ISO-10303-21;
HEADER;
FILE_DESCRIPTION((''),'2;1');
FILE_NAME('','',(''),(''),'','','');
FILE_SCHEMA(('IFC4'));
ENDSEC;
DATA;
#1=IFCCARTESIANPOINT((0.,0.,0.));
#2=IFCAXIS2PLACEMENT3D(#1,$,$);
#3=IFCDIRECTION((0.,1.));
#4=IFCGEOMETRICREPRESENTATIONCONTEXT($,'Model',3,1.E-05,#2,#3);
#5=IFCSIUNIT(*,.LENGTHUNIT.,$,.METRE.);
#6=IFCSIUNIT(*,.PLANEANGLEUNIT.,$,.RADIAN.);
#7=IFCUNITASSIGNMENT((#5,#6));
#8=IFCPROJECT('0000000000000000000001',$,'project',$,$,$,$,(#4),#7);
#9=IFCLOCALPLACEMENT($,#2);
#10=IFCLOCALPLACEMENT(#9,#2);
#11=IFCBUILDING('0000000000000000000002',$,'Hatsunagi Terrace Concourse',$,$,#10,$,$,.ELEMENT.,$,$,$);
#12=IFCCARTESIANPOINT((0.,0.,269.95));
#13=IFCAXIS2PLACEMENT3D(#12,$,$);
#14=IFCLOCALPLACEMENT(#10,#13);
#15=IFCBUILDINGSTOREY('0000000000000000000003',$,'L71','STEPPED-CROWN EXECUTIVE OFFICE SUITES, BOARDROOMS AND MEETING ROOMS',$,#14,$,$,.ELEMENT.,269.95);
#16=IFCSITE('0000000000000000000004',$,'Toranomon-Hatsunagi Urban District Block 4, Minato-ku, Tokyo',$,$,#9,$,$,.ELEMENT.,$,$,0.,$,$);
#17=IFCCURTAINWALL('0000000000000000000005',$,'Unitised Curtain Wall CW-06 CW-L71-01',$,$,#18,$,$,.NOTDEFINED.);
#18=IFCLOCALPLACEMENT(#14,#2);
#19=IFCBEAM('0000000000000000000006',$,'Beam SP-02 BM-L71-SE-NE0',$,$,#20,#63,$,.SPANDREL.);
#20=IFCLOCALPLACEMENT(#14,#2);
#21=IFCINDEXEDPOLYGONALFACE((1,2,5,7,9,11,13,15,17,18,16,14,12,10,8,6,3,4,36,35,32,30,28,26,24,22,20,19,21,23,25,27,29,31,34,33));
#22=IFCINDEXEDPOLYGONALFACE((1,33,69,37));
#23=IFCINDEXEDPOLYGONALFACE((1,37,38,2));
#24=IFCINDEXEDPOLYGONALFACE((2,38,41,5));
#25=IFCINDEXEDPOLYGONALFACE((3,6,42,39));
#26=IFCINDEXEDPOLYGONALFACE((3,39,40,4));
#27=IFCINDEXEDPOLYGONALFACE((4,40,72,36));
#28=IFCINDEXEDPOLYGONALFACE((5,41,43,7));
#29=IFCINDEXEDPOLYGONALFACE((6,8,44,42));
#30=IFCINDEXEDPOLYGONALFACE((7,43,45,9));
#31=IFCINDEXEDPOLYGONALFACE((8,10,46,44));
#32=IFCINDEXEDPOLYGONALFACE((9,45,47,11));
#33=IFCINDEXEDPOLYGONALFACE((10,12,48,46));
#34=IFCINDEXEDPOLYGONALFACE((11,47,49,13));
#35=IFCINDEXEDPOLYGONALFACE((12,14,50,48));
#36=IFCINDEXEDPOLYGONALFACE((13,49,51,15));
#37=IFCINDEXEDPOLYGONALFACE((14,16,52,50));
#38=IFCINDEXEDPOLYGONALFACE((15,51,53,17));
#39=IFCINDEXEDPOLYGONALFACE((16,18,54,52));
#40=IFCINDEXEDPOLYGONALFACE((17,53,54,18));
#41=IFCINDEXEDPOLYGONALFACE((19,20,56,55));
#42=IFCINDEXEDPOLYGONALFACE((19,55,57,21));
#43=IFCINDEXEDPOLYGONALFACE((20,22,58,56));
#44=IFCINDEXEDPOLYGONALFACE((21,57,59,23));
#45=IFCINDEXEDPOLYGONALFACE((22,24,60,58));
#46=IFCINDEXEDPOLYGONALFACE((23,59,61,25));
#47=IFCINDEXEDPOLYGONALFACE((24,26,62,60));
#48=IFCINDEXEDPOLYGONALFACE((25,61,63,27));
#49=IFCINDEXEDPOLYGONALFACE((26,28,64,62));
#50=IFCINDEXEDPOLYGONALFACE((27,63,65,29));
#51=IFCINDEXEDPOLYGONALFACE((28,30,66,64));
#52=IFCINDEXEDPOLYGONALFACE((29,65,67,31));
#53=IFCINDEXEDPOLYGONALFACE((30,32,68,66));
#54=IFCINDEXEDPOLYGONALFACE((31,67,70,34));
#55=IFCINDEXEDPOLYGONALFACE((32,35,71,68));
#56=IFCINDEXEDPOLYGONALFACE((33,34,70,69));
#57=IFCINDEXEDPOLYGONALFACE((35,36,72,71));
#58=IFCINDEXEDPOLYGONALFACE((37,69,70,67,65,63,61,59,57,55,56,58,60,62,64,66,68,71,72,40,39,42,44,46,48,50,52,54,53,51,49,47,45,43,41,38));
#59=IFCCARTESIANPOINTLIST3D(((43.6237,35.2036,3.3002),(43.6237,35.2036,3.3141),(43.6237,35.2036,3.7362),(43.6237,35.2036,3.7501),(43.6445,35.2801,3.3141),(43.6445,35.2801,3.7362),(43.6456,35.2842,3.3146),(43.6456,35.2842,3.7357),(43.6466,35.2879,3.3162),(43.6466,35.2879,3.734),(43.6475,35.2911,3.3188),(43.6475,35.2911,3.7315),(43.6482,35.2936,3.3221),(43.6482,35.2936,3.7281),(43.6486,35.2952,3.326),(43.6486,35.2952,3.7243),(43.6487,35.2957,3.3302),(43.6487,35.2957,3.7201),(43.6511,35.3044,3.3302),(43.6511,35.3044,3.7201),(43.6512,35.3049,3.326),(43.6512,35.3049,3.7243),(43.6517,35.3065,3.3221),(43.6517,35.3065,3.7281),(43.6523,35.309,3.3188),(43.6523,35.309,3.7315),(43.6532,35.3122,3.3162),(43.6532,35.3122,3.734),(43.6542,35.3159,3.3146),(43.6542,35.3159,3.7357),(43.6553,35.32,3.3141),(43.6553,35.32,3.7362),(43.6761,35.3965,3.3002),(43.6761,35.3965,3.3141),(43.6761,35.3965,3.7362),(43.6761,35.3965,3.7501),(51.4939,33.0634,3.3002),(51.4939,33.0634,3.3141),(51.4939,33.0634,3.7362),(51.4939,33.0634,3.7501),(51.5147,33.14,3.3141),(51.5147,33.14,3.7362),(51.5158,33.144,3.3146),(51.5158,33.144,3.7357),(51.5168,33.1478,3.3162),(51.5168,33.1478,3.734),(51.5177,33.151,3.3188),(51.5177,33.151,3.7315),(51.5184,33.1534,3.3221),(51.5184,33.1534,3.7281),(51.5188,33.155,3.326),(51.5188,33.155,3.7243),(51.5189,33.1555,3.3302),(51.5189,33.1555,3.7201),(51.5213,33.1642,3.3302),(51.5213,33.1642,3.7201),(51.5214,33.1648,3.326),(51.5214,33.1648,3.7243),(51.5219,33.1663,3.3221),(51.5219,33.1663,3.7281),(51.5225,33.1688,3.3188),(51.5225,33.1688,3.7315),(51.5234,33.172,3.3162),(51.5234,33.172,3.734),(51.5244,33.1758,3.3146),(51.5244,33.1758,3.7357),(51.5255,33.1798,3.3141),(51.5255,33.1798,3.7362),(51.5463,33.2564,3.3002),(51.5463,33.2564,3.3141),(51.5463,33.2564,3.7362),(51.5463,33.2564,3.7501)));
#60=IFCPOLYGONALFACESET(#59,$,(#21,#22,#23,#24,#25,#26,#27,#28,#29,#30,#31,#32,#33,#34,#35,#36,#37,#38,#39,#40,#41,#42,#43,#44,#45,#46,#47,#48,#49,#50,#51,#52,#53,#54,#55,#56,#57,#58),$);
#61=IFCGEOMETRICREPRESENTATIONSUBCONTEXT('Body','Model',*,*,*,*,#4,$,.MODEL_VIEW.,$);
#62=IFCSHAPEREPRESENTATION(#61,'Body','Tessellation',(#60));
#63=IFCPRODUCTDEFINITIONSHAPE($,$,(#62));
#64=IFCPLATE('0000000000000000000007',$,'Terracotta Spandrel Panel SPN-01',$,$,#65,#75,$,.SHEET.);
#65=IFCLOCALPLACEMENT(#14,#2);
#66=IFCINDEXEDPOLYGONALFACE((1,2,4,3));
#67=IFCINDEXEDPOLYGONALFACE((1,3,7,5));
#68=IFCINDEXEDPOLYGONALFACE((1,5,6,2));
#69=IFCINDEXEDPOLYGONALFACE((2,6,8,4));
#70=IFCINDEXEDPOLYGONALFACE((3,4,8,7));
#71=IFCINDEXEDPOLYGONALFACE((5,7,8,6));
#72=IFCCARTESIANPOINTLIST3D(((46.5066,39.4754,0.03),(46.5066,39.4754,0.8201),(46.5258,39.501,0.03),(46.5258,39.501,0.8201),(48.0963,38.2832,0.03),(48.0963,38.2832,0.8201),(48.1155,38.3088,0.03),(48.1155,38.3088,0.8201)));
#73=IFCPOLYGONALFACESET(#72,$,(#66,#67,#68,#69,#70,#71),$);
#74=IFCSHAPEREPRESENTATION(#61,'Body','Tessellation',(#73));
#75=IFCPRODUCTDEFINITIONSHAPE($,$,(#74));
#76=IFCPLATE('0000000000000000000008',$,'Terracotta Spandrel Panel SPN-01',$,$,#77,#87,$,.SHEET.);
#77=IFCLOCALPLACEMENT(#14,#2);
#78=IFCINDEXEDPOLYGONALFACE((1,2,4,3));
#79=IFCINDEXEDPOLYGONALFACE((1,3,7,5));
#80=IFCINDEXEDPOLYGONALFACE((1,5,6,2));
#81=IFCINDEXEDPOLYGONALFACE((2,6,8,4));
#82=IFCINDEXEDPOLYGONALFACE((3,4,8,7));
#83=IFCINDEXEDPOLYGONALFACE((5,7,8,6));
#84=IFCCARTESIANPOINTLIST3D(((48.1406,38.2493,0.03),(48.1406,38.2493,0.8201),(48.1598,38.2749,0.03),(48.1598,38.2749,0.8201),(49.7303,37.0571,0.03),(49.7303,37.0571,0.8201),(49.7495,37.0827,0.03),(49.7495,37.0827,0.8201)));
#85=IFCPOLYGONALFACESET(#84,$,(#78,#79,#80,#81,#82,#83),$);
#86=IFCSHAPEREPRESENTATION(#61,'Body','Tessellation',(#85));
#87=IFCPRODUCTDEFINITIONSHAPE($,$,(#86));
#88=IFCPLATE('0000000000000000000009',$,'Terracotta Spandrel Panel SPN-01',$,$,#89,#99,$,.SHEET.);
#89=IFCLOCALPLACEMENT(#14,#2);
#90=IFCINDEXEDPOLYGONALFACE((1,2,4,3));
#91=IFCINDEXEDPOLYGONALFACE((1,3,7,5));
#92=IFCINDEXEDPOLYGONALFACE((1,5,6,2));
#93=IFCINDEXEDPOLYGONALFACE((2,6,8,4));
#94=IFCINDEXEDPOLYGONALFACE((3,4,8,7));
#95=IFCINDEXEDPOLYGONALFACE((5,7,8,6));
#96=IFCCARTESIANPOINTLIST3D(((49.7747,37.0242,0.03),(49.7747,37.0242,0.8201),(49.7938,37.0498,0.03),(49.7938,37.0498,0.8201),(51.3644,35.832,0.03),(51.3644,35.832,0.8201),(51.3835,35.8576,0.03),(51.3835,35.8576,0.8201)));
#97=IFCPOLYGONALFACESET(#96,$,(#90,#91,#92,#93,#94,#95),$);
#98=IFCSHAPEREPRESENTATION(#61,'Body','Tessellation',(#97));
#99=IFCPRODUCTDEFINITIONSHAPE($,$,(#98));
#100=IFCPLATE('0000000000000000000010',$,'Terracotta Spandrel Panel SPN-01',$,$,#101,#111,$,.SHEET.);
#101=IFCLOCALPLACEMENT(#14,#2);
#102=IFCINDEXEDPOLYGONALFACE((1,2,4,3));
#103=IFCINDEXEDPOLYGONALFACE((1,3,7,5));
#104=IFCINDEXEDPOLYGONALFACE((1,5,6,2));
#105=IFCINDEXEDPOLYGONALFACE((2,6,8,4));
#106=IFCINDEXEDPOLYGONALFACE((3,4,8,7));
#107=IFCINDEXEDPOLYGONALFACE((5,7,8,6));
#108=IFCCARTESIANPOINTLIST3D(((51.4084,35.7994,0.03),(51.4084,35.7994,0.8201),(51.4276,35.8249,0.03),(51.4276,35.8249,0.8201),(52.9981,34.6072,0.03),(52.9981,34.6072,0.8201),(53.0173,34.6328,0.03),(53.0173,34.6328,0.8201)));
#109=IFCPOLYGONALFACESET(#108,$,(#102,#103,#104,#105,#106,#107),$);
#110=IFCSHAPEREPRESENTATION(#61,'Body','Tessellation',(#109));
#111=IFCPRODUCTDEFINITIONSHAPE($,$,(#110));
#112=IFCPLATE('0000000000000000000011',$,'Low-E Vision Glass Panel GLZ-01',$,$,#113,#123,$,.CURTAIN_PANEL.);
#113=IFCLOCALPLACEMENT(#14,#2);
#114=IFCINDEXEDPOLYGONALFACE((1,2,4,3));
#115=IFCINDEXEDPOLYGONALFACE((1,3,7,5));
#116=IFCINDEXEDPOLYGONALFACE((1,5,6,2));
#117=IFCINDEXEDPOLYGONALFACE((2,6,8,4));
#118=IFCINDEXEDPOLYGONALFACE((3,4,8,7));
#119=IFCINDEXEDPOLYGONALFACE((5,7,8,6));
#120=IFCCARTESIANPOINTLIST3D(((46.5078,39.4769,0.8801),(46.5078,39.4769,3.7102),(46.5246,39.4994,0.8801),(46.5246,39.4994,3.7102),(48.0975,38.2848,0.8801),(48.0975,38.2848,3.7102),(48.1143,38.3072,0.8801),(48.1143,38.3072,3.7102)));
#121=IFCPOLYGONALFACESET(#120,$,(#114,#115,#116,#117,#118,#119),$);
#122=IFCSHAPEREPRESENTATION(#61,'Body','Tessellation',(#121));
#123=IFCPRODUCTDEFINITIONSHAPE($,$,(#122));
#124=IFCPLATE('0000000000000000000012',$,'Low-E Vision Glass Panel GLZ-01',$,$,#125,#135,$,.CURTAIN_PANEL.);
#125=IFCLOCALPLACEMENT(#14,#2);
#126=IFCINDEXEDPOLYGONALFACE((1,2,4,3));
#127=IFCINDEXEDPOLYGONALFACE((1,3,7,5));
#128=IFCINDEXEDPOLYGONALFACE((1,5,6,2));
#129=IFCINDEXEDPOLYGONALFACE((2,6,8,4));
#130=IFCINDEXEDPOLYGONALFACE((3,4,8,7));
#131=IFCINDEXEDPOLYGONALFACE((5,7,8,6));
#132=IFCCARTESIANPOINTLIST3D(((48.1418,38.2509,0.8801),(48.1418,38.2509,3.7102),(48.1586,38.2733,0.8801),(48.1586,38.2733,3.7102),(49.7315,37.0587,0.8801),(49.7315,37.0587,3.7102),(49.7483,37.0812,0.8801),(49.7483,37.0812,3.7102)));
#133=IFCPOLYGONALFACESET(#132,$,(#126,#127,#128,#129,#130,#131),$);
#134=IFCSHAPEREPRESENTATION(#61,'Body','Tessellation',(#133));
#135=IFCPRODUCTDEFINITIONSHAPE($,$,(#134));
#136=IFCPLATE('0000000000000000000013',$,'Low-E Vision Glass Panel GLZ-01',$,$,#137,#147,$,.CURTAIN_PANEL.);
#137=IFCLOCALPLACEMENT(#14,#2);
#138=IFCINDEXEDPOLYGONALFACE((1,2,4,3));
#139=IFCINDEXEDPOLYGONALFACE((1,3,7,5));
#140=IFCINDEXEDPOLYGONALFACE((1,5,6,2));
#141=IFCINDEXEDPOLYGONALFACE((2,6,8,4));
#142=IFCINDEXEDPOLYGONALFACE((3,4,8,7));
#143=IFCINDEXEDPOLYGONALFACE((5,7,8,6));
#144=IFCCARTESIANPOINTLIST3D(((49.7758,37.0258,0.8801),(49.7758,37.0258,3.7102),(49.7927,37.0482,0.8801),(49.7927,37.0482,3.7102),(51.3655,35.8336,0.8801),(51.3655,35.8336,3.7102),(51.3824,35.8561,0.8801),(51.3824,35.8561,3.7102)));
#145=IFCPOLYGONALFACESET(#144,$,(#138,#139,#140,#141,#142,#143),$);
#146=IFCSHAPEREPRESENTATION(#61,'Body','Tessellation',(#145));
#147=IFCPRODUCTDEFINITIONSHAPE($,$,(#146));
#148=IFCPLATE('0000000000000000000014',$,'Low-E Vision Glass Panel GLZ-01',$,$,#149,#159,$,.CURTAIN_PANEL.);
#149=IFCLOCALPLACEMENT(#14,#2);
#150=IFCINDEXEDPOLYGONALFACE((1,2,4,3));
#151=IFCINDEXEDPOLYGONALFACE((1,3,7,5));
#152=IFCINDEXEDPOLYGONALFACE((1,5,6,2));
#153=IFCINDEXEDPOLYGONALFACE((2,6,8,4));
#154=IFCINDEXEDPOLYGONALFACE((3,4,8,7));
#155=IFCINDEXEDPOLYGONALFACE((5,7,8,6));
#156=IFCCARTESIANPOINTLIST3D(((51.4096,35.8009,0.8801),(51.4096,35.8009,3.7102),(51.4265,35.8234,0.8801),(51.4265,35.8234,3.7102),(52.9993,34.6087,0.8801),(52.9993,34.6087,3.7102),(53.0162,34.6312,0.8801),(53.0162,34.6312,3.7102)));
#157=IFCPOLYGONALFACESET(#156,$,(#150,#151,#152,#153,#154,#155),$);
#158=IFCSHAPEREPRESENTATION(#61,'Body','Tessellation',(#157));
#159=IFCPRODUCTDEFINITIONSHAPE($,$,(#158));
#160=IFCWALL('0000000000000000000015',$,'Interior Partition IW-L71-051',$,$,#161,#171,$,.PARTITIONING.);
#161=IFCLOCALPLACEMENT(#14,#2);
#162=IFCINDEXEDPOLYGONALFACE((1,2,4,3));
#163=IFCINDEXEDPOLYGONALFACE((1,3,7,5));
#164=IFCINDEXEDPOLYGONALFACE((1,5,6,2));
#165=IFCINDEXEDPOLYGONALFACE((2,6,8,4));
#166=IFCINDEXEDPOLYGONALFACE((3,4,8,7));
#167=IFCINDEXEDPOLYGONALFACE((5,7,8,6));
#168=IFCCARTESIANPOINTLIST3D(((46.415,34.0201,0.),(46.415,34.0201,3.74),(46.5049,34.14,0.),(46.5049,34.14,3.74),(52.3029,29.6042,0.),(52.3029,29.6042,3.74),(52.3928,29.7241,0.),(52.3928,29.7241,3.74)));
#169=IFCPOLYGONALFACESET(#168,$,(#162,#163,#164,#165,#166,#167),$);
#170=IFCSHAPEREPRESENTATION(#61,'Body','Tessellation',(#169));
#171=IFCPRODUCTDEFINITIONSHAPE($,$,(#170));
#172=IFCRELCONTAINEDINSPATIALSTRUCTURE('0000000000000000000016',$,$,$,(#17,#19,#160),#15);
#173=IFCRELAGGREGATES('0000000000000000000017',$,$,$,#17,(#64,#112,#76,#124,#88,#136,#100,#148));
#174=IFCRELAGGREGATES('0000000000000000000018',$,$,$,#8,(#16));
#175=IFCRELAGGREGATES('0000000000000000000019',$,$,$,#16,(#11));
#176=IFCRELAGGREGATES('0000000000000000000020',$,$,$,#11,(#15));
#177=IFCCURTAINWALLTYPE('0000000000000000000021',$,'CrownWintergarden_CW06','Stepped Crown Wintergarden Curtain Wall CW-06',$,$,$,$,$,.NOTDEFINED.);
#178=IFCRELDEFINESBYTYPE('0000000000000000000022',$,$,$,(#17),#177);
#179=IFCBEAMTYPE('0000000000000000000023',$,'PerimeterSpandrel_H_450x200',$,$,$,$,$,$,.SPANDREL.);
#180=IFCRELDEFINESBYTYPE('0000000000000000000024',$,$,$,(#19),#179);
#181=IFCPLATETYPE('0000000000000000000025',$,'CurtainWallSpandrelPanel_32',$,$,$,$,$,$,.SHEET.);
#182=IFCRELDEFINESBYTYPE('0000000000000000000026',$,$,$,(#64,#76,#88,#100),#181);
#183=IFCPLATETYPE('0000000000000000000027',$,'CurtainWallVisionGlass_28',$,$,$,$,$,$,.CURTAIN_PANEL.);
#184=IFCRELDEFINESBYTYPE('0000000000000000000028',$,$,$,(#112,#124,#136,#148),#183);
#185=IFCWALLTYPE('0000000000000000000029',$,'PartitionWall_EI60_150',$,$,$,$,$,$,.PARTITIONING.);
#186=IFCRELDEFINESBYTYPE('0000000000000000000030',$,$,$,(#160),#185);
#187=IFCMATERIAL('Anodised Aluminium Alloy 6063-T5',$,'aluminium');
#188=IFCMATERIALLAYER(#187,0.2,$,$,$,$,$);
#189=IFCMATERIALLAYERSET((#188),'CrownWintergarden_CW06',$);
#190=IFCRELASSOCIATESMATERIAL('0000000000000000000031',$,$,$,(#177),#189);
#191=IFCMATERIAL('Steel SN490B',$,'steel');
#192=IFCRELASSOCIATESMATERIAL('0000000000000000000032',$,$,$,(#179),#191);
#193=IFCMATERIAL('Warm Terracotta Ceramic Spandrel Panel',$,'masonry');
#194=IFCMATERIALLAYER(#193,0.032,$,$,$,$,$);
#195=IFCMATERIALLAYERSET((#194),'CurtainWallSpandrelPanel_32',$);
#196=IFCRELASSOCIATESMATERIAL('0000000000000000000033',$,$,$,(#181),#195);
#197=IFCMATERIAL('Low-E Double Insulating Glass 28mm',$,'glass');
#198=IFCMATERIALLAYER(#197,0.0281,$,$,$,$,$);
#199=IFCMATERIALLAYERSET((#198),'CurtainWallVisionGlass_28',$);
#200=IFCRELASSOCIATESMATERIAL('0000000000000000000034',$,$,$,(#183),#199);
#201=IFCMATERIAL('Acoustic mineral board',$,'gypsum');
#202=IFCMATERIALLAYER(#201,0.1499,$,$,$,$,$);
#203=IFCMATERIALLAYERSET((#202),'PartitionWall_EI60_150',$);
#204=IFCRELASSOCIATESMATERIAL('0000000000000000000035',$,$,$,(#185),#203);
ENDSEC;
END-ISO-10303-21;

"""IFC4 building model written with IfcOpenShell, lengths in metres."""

from ifc_helpers import new_model, si_unit, direction, frame, frame_2d, origin, origin_2d, place, context, subcontext, project, spatial, rectangle, i_section, extrude, material, layer, layer_set, material_profile, profile_set, type_object, element, aggregate, save


model = new_model("IFC4")

# Units and contexts
model_context = context("Model", 3, precision=1e-05, world=origin(), true_north=direction((0.0, 1.0)))
body_context = subcontext(model_context, "Body", "Model", "MODEL_VIEW")
ifc_project = project(units=[si_unit("LENGTHUNIT", "METRE"), si_unit("PLANEANGLEUNIT", "RADIAN")], contexts=[model_context])

# Site, building, storey
site_placement = place(None, origin())
site = spatial("IfcSite", under=ifc_project, at=site_placement, Name="Toranomon-Hatsunagi Urban District Block 4, Minato-ku, Tokyo", CompositionType="ELEMENT", RefElevation=0.0)
building_placement = place(site_placement, origin())
building = spatial("IfcBuilding", under=site, at=building_placement, Name="Hatsunagi Terrace Concourse", CompositionType="ELEMENT")
storey_placement = place(building_placement, frame((0.0, 0.0, 269.95)))
storey = spatial("IfcBuildingStorey", under=building, at=storey_placement, Name="L71", Description="STEPPED-CROWN EXECUTIVE OFFICE SUITES, BOARDROOMS AND MEETING ROOMS", CompositionType="ELEMENT", Elevation=269.95)

# Curtain wall
ifc_material_1 = material(Name="Anodised Aluminium Alloy 6063-T5", Category="aluminium")
ifc_layer_1 = layer(ifc_material_1, 0.2)
ifc_layer_set_1 = layer_set([ifc_layer_1], Name="CrownWintergarden_CW06")
curtain_wall_type = type_object("IfcCurtainWallType", Name="CrownWintergarden_CW06", Description="Stepped Crown Wintergarden Curtain Wall CW-06", PredefinedType="NOTDEFINED", material=ifc_layer_set_1)
curtain_wall_placement = place(storey_placement, origin())
curtain_wall = element("IfcCurtainWall", 1, at=curtain_wall_placement, inside=storey, type_object=curtain_wall_type, Name="Unitised Curtain Wall CW-06 CW-L71-01", PredefinedType="NOTDEFINED")

# Beam
ifc_material_2 = material(Name="Steel SN490B", Category="steel")
ifc_material_profile_1 = material_profile(ifc_material_2, i_section(OverallWidth=0.2, OverallDepth=0.45, WebThickness=0.009, FlangeThickness=0.0139, FilletRadius=0.0161, at=origin_2d()), Name="H-450x200x9x14")
ifc_profile_set_1 = profile_set([ifc_material_profile_1], Name="Steel SN490B")
beam_type_1 = type_object("IfcBeamType", Name="PerimeterSpandrel_H_450x200", PredefinedType="SPANDREL", material=ifc_profile_set_1)
beam_1_placement = place(storey_placement, frame((43.6499, 35.3, 3.5251), z_axis=(0.964958, -0.262403, 0.0), x_axis=(0.262403, 0.964958, 0.0)))
element("IfcBeam", 2, at=beam_1_placement, inside=storey, type_object=beam_type_1, Name="Beam SP-02 BM-L71-SE-NE0", PredefinedType="SPANDREL", context=body_context, shape_type="SweptSolid", body=[
    extrude(i_section(OverallWidth=0.2, OverallDepth=0.45, WebThickness=0.009, FlangeThickness=0.0139, FilletRadius=0.0161, at=origin_2d()), origin(), (0.0, 0.0, 1.0), 8.156),
])

# Plates
ifc_material_3 = material(Name="Warm Terracotta Ceramic Spandrel Panel", Category="masonry")
ifc_layer_2 = layer(ifc_material_3, 0.032)
ifc_layer_set_2 = layer_set([ifc_layer_2], Name="CurtainWallSpandrelPanel_32")
plate_type_1 = type_object("IfcPlateType", Name="CurtainWallSpandrelPanel_32", PredefinedType="SHEET", material=ifc_layer_set_2)
plate_1_placement = place(storey_placement, frame((47.311, 38.8921, 0.03), z_axis=(0.0, 0.0, 1.0), x_axis=(0.800023, -0.599969, 0.0)))
plate_1 = element("IfcPlate", 3, at=plate_1_placement, type_object=plate_type_1, Name="Terracotta Spandrel Panel SPN-01", PredefinedType="SHEET", context=body_context, shape_type="SweptSolid", body=[
    extrude(rectangle(XDim=1.9871, YDim=0.032, at=origin_2d()), origin(), (0.0, 0.0, 1.0), 0.79),
])
plate_2_placement = place(storey_placement, frame((48.9451, 37.666, 0.03), z_axis=(0.0, 0.0, 1.0), x_axis=(0.800023, -0.599969, 0.0)))
plate_2 = element("IfcPlate", 4, at=plate_2_placement, type_object=plate_type_1, Name="Terracotta Spandrel Panel SPN-01", PredefinedType="SHEET", context=body_context, shape_type="SweptSolid", body=[
    extrude(rectangle(XDim=1.9871, YDim=0.032, at=origin_2d()), origin(), (0.0, 0.0, 1.0), 0.79),
])
plate_3_placement = place(storey_placement, frame((50.5791, 36.4409, 0.03), z_axis=(0.0, 0.0, 1.0), x_axis=(0.800023, -0.599969, 0.0)))
plate_3 = element("IfcPlate", 5, at=plate_3_placement, type_object=plate_type_1, Name="Terracotta Spandrel Panel SPN-01", PredefinedType="SHEET", context=body_context, shape_type="SweptSolid", body=[
    extrude(rectangle(XDim=1.9871, YDim=0.032, at=origin_2d()), origin(), (0.0, 0.0, 1.0), 0.79),
])
plate_4_placement = place(storey_placement, frame((52.2129, 35.2161, 0.03), z_axis=(0.0, 0.0, 1.0), x_axis=(0.800023, -0.599969, 0.0)))
plate_4 = element("IfcPlate", 6, at=plate_4_placement, type_object=plate_type_1, Name="Terracotta Spandrel Panel SPN-01", PredefinedType="SHEET", context=body_context, shape_type="SweptSolid", body=[
    extrude(rectangle(XDim=1.9871, YDim=0.032, at=origin_2d()), origin(), (0.0, 0.0, 1.0), 0.79),
])
ifc_material_4 = material(Name="Low-E Double Insulating Glass 28mm", Category="glass")
ifc_layer_3 = layer(ifc_material_4, 0.0281)
ifc_layer_set_3 = layer_set([ifc_layer_3], Name="CurtainWallVisionGlass_28")
plate_type_2 = type_object("IfcPlateType", Name="CurtainWallVisionGlass_28", PredefinedType="CURTAIN_PANEL", material=ifc_layer_set_3)
plate_5_placement = place(storey_placement, frame((47.311, 38.8921, 0.8801), z_axis=(0.0, 0.0, 1.0), x_axis=(0.800023, -0.599969, 0.0)))
plate_5 = element("IfcPlate", 7, at=plate_5_placement, type_object=plate_type_2, Name="Low-E Vision Glass Panel GLZ-01", PredefinedType="CURTAIN_PANEL", context=body_context, shape_type="SweptSolid", body=[
    extrude(rectangle(XDim=1.9871, YDim=0.0281, at=origin_2d()), origin(), (0.0, 0.0, 1.0), 2.8301),
])
plate_6_placement = place(storey_placement, frame((48.9451, 37.666, 0.8801), z_axis=(0.0, 0.0, 1.0), x_axis=(0.800023, -0.599969, 0.0)))
plate_6 = element("IfcPlate", 8, at=plate_6_placement, type_object=plate_type_2, Name="Low-E Vision Glass Panel GLZ-01", PredefinedType="CURTAIN_PANEL", context=body_context, shape_type="SweptSolid", body=[
    extrude(rectangle(XDim=1.9871, YDim=0.0281, at=origin_2d()), origin(), (0.0, 0.0, 1.0), 2.8301),
])
plate_7_placement = place(storey_placement, frame((50.5791, 36.4409, 0.8801), z_axis=(0.0, 0.0, 1.0), x_axis=(0.800023, -0.599969, 0.0)))
plate_7 = element("IfcPlate", 9, at=plate_7_placement, type_object=plate_type_2, Name="Low-E Vision Glass Panel GLZ-01", PredefinedType="CURTAIN_PANEL", context=body_context, shape_type="SweptSolid", body=[
    extrude(rectangle(XDim=1.9871, YDim=0.0281, at=origin_2d()), origin(), (0.0, 0.0, 1.0), 2.8301),
])
plate_8_placement = place(storey_placement, frame((52.2129, 35.2161, 0.8801), z_axis=(0.0, 0.0, 1.0), x_axis=(0.800023, -0.599969, 0.0)))
plate_8 = element("IfcPlate", 10, at=plate_8_placement, type_object=plate_type_2, Name="Low-E Vision Glass Panel GLZ-01", PredefinedType="CURTAIN_PANEL", context=body_context, shape_type="SweptSolid", body=[
    extrude(rectangle(XDim=1.9871, YDim=0.0281, at=origin_2d()), origin(), (0.0, 0.0, 1.0), 2.8301),
])
aggregate(curtain_wall, [plate_1, plate_5, plate_2, plate_6, plate_3, plate_7, plate_4, plate_8])

# Wall
ifc_material_5 = material(Name="Acoustic mineral board", Category="gypsum")
ifc_layer_4 = layer(ifc_material_5, 0.1499)
ifc_layer_set_4 = layer_set([ifc_layer_4], Name="PartitionWall_EI60_150")
wall_type_1 = type_object("IfcWallType", Name="PartitionWall_EI60_150", PredefinedType="PARTITIONING", material=ifc_layer_set_4)
wall_1_placement = place(storey_placement, frame((46.46, 34.0801, 0.0), z_axis=(0.0, 0.0, 1.0), x_axis=(0.799996, -0.600005, 0.0)))
element("IfcWall", 11, at=wall_1_placement, inside=storey, type_object=wall_type_1, Name="Interior Partition IW-L71-051", PredefinedType="PARTITIONING", context=body_context, shape_type="SweptSolid", body=[
    extrude(rectangle(XDim=7.3599, YDim=0.1499, at=frame_2d((3.6799, 0.0))), origin(), (0.0, 0.0, 1.0), 3.74),
])

save(model, "model.ifc")
